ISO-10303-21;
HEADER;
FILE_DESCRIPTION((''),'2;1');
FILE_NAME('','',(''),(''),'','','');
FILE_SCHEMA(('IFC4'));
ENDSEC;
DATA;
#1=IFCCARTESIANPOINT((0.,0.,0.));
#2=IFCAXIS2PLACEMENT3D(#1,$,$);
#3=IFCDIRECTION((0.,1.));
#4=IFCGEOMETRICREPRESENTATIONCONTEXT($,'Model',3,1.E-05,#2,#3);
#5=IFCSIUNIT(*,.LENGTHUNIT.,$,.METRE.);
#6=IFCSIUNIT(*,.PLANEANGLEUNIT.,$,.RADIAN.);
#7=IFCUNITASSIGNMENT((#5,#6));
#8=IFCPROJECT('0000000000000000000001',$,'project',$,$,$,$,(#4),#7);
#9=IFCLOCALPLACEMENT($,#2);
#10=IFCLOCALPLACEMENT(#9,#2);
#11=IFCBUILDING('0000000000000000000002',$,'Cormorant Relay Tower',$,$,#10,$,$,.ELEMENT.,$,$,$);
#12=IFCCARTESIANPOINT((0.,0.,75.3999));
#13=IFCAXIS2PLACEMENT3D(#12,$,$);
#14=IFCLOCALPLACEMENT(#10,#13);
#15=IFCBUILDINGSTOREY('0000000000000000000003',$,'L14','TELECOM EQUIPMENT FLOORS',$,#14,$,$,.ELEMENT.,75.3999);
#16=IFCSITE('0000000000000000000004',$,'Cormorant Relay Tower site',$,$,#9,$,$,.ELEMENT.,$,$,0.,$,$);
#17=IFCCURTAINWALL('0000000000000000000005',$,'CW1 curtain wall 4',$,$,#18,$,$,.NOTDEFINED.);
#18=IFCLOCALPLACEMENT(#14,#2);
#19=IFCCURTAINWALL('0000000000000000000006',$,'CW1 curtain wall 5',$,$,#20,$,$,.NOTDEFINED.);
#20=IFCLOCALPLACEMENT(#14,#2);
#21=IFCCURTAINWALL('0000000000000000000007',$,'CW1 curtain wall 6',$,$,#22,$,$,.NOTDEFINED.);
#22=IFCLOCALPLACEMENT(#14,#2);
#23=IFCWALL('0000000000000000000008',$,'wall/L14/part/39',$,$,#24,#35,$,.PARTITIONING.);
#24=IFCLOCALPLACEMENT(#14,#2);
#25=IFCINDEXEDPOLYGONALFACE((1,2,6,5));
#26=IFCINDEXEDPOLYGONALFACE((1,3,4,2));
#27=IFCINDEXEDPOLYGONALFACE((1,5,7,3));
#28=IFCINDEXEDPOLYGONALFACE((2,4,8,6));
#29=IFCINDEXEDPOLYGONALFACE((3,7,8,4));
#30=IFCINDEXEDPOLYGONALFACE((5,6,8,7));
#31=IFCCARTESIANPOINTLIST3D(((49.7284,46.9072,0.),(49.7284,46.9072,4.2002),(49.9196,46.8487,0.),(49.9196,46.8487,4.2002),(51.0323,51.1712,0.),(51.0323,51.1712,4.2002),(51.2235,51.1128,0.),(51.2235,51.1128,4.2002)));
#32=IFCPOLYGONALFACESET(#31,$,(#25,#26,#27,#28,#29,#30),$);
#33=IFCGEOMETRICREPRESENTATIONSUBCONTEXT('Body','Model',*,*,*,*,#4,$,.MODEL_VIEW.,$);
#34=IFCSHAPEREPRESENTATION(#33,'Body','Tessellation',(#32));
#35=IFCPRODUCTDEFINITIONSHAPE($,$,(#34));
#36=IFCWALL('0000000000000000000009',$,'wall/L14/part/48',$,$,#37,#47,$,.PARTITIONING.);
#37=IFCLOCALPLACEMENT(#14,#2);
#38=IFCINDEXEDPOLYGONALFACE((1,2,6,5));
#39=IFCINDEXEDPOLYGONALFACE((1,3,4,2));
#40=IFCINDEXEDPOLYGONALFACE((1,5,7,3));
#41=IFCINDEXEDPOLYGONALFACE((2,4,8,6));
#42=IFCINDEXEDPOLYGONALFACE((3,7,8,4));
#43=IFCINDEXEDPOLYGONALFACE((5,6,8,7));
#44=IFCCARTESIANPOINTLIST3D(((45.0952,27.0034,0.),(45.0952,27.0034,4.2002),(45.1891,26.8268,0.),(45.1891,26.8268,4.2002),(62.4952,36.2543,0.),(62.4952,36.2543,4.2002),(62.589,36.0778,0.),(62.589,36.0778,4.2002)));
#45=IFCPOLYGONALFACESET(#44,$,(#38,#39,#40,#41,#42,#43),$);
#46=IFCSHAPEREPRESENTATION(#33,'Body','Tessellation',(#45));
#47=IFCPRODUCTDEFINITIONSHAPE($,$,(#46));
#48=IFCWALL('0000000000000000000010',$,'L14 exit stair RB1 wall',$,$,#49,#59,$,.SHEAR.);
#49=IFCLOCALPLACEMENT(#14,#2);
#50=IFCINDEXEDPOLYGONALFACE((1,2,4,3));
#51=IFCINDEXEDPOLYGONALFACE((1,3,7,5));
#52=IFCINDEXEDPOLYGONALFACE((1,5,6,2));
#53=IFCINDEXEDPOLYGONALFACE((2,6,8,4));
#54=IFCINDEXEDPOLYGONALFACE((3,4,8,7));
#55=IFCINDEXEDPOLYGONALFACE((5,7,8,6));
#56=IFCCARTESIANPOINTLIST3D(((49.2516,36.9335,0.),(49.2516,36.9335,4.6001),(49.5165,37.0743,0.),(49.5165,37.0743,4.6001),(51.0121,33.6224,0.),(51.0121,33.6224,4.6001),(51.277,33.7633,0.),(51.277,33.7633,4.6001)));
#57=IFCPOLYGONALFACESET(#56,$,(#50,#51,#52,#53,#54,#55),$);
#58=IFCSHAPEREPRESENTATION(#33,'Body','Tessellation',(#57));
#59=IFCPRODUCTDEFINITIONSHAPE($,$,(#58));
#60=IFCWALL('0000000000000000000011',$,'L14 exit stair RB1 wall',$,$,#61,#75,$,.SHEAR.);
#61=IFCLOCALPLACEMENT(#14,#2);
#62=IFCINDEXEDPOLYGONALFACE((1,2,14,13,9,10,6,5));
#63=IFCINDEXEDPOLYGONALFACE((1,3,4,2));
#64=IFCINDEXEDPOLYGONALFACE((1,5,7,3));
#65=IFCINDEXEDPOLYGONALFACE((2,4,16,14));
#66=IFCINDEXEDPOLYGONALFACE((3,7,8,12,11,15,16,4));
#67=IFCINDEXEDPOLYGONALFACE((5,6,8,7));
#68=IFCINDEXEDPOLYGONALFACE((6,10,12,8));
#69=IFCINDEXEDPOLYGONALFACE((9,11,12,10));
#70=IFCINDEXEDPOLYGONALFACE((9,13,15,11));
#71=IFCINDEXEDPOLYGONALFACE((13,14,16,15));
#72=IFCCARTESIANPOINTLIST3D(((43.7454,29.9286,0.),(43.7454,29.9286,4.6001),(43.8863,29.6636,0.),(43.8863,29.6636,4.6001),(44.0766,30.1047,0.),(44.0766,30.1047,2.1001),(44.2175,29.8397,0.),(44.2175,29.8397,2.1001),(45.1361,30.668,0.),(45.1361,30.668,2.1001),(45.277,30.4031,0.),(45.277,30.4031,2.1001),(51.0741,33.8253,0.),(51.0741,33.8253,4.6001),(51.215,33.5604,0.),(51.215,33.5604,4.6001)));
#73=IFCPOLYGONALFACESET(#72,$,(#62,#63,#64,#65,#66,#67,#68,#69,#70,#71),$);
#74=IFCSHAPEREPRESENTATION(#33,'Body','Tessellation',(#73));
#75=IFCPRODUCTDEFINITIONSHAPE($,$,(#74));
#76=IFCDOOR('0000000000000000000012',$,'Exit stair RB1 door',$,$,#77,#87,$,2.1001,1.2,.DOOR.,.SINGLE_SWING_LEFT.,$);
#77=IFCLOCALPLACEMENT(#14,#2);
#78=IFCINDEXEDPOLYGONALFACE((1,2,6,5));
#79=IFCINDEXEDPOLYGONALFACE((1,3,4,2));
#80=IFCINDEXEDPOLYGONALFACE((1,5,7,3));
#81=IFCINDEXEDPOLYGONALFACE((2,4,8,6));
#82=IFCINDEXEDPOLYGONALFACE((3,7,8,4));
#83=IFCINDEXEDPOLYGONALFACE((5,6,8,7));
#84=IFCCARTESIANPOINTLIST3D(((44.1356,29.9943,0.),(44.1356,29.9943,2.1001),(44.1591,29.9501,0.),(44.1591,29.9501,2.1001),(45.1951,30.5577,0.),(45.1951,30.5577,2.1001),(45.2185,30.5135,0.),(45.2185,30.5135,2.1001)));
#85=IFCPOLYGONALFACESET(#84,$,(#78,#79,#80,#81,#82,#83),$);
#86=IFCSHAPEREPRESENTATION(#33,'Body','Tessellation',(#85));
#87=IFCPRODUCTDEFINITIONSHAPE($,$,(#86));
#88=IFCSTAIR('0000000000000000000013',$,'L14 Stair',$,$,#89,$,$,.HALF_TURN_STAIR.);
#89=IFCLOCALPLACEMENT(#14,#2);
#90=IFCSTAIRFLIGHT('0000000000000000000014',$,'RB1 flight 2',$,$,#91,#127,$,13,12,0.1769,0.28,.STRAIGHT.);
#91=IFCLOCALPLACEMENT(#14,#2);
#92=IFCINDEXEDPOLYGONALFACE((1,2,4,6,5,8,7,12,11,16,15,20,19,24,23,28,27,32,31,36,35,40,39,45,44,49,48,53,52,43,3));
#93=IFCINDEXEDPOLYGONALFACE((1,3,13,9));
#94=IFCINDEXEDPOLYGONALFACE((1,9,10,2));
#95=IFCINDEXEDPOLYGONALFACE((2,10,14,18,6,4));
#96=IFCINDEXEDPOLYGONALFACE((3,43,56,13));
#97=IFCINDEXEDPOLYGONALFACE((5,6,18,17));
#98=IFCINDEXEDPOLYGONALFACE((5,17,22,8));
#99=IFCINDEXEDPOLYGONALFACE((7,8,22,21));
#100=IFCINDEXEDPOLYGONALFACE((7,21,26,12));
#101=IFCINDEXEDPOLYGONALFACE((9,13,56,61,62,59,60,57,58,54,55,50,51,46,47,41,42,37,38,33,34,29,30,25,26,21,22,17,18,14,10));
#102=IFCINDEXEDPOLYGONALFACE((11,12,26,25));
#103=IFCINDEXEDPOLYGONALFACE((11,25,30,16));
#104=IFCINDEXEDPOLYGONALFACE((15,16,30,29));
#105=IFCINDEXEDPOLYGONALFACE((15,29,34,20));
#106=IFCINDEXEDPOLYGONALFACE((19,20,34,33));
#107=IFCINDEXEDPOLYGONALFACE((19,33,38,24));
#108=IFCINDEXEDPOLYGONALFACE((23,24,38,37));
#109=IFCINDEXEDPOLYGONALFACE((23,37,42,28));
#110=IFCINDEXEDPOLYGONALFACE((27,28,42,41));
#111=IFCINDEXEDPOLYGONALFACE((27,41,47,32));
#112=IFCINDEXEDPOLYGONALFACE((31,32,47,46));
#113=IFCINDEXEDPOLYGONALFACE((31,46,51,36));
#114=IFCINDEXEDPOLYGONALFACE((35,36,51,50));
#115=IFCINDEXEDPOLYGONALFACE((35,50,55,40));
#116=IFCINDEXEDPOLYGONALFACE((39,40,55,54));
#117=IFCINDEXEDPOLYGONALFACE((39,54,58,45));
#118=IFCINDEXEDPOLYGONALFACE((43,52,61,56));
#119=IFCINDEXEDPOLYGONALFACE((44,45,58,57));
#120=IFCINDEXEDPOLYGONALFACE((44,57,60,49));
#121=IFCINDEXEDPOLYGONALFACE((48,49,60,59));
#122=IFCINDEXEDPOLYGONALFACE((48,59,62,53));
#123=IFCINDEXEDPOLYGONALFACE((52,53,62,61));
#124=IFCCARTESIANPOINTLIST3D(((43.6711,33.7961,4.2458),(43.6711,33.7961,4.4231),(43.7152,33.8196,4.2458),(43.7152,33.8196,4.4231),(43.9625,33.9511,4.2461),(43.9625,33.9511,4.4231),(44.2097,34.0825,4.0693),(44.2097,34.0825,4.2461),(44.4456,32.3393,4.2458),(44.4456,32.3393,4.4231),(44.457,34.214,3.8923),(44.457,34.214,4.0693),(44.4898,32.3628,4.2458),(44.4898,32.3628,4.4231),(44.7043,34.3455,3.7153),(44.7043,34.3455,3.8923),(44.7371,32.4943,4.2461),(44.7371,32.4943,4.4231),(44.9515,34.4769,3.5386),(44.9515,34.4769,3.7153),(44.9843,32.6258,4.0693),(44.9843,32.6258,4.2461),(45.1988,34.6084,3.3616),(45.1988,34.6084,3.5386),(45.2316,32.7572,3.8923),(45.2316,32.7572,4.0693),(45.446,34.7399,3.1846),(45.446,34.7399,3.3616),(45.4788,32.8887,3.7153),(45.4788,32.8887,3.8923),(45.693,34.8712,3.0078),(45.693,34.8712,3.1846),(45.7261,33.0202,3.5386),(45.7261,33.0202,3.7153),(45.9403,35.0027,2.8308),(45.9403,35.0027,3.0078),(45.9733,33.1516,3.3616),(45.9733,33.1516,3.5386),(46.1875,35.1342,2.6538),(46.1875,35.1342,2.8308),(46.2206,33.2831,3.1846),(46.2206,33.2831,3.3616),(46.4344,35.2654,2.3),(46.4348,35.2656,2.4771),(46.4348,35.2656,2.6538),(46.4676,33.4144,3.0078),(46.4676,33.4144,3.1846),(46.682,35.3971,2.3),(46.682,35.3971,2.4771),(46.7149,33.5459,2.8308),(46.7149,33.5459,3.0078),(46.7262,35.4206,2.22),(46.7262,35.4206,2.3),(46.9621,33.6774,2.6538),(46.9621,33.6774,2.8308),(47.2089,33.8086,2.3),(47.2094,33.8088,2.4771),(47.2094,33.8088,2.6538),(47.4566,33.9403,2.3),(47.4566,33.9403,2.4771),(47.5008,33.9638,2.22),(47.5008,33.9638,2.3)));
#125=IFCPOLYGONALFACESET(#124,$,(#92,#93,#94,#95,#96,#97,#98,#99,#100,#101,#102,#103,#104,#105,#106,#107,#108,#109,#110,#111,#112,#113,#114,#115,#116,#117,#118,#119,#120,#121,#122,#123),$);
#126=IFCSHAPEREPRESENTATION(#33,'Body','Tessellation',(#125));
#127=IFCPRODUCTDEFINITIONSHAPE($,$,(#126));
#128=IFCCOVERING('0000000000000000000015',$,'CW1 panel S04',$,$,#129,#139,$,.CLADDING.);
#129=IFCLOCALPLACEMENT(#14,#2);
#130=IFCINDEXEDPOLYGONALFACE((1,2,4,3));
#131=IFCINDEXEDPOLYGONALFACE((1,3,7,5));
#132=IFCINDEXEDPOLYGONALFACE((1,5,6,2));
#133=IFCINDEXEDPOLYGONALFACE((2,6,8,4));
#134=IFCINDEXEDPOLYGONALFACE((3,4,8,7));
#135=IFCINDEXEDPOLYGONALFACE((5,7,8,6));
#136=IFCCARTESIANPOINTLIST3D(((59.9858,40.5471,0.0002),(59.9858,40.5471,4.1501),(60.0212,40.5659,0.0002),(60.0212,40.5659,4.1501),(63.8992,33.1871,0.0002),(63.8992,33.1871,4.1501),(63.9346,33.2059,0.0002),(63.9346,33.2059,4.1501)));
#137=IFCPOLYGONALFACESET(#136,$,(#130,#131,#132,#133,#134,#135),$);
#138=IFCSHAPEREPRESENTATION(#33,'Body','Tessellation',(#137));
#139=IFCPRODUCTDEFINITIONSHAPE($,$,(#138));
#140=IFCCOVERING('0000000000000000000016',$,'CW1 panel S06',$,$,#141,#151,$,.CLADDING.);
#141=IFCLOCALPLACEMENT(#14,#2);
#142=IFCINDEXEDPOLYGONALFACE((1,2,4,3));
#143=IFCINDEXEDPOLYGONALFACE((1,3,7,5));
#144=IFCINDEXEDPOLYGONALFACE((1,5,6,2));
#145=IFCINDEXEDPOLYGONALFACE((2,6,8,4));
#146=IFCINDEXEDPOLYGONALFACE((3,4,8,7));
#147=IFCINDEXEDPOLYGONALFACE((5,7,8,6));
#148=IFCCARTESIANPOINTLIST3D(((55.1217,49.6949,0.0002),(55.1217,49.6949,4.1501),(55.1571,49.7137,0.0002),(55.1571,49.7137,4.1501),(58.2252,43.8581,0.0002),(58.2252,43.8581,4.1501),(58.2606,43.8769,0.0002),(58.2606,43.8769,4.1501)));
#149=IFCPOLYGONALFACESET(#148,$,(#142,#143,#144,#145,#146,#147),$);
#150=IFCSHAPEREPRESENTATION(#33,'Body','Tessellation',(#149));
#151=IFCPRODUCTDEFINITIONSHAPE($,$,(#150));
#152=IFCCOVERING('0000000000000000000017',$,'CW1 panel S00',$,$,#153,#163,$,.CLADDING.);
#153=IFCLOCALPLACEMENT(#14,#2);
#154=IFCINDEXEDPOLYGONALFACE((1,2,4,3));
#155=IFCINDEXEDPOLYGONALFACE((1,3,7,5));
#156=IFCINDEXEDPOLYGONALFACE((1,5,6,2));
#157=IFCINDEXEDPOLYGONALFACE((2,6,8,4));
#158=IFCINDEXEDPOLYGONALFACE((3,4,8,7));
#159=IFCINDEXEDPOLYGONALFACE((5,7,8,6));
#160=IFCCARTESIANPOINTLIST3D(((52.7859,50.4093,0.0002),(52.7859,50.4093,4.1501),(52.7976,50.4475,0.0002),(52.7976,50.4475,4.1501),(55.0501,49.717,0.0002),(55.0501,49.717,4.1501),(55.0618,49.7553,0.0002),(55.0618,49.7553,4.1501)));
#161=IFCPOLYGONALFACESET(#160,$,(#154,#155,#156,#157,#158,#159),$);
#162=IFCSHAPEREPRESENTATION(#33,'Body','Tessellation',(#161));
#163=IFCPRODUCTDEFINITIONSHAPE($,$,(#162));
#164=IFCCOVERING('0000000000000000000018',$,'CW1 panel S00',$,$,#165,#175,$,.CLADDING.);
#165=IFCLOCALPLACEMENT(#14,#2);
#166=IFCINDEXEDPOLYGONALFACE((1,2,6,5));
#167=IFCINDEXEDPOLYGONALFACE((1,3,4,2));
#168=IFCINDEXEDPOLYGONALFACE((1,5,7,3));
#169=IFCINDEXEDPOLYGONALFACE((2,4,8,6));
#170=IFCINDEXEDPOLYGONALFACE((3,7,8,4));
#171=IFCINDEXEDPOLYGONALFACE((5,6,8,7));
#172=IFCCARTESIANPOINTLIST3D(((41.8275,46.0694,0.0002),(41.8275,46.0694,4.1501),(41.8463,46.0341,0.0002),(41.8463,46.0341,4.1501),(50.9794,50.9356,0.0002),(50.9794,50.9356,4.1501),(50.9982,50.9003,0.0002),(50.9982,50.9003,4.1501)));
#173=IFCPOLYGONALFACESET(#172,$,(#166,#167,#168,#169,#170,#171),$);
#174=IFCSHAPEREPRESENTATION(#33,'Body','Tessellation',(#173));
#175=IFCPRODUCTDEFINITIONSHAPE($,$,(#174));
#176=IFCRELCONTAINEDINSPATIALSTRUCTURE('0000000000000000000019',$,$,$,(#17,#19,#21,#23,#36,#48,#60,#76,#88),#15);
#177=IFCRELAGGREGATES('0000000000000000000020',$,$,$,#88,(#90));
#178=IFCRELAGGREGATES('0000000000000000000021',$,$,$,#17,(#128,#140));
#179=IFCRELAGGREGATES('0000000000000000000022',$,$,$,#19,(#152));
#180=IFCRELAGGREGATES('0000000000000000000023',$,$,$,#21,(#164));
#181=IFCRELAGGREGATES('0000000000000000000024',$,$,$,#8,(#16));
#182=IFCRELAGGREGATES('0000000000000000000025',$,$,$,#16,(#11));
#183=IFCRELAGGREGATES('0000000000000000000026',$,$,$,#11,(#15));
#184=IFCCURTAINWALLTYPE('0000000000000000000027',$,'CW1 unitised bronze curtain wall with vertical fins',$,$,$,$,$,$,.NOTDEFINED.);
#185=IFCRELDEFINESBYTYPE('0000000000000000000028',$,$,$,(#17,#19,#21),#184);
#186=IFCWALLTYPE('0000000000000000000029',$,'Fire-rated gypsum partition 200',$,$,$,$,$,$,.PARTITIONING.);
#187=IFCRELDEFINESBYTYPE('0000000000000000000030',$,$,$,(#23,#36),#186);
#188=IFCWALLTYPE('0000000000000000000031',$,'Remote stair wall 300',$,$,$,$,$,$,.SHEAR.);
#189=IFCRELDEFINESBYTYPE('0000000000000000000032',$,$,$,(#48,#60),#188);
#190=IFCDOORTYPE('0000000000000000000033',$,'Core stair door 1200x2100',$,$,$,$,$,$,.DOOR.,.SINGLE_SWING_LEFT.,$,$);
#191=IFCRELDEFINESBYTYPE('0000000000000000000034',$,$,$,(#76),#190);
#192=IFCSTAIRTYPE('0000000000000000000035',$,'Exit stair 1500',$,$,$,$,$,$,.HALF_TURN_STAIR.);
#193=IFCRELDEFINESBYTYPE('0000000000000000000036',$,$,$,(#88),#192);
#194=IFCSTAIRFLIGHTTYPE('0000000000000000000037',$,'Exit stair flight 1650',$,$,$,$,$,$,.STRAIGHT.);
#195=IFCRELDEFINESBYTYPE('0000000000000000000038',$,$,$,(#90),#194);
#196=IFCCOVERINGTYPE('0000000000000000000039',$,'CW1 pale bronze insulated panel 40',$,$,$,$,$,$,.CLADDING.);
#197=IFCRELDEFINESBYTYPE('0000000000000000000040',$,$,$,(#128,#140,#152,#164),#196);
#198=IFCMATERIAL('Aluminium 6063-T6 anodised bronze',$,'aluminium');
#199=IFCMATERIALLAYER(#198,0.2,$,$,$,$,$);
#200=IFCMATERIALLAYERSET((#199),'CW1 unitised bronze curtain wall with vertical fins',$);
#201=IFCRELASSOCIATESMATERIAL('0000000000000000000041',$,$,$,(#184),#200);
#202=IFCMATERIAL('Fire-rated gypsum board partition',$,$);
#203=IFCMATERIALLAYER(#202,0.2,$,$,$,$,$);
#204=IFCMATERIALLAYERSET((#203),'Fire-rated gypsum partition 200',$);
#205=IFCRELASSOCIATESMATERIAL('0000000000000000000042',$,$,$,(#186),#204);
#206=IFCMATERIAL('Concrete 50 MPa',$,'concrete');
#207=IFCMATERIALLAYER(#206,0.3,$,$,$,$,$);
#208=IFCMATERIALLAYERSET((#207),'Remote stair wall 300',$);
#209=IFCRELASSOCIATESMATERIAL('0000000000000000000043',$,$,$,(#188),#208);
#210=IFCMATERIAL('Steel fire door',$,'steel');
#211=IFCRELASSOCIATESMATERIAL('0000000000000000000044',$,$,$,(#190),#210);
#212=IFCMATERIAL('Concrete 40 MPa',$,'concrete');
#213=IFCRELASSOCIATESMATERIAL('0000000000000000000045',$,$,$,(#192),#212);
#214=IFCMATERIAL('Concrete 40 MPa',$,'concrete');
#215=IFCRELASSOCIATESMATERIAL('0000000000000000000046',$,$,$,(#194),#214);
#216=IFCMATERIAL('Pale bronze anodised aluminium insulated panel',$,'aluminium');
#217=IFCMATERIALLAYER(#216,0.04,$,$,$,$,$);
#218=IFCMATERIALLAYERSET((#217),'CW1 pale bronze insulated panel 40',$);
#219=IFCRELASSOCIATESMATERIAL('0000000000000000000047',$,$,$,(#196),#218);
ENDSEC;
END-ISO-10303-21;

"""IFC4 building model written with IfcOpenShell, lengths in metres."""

from ifc_helpers import new_model, si_unit, direction, frame, frame_2d, origin, origin_2d, place, context, subcontext, project, spatial, polyline, rectangle, outline, extrude, material, layer, layer_set, type_object, element, fill, aggregate, save


model = new_model("IFC4")

# Units and contexts
model_context = context("Model", 3, precision=1e-05, world=origin(), true_north=direction((0.0, 1.0)))
body_context = subcontext(model_context, "Body", "Model", "MODEL_VIEW")
ifc_project = project(units=[si_unit("LENGTHUNIT", "METRE"), si_unit("PLANEANGLEUNIT", "RADIAN")], contexts=[model_context])

# Site, building, storey
site_placement = place(None, origin())
site = spatial("IfcSite", under=ifc_project, at=site_placement, Name="Cormorant Relay Tower site", CompositionType="ELEMENT", RefElevation=0.0)
building_placement = place(site_placement, origin())
building = spatial("IfcBuilding", under=site, at=building_placement, Name="Cormorant Relay Tower", CompositionType="ELEMENT")
storey_placement = place(building_placement, frame((0.0, 0.0, 75.3999)))
storey = spatial("IfcBuildingStorey", under=building, at=storey_placement, Name="L14", Description="TELECOM EQUIPMENT FLOORS", CompositionType="ELEMENT", Elevation=75.3999)

# Curtain wall
ifc_material_1 = material(Name="Aluminium 6063-T6 anodised bronze", Category="aluminium")
ifc_layer_1 = layer(ifc_material_1, 0.2)
ifc_layer_set_1 = layer_set([ifc_layer_1], Name="CW1 unitised bronze curtain wall with vertical fins")
curtain_wall_type = type_object("IfcCurtainWallType", Name="CW1 unitised bronze curtain wall with vertical fins", PredefinedType="NOTDEFINED", material=ifc_layer_set_1)
curtain_wall_1_placement = place(storey_placement, origin())
curtain_wall_1 = element("IfcCurtainWall", 1, at=curtain_wall_1_placement, inside=storey, type_object=curtain_wall_type, Name="CW1 curtain wall 4", PredefinedType="NOTDEFINED")

# Curtain wall
curtain_wall_2_placement = place(storey_placement, origin())
curtain_wall_2 = element("IfcCurtainWall", 2, at=curtain_wall_2_placement, inside=storey, type_object=curtain_wall_type, Name="CW1 curtain wall 5", PredefinedType="NOTDEFINED")

# Curtain wall
curtain_wall_3_placement = place(storey_placement, origin())
curtain_wall_3 = element("IfcCurtainWall", 3, at=curtain_wall_3_placement, inside=storey, type_object=curtain_wall_type, Name="CW1 curtain wall 6", PredefinedType="NOTDEFINED")

# Walls
ifc_material_2 = material(Name="Fire-rated gypsum board partition")
ifc_layer_2 = layer(ifc_material_2, 0.2)
ifc_layer_set_2 = layer_set([ifc_layer_2], Name="Fire-rated gypsum partition 200")
wall_type_1 = type_object("IfcWallType", Name="Fire-rated gypsum partition 200", PredefinedType="PARTITIONING", material=ifc_layer_set_2)
wall_1_placement = place(storey_placement, frame((49.824, 46.8779, 0.0), z_axis=(0.0, 0.0, 1.0), x_axis=(0.292427, 0.956288, 0.0)))
element("IfcWall", 4, at=wall_1_placement, inside=storey, type_object=wall_type_1, Name="wall/L14/part/39", PredefinedType="PARTITIONING", context=body_context, shape_type="SweptSolid", body=[
    extrude(rectangle(XDim=4.459, YDim=0.2, at=frame_2d((2.2295, 0.0))), origin(), (0.0, 0.0, 1.0), 4.2002),
])
wall_2_placement = place(storey_placement, frame((62.542, 36.166, 0.0), z_axis=(0.0, 0.0, 1.0), x_axis=(-0.882963, -0.469443, 0.0)))
element("IfcWall", 5, at=wall_2_placement, inside=storey, type_object=wall_type_1, Name="wall/L14/part/48", PredefinedType="PARTITIONING", context=body_context, shape_type="SweptSolid", body=[
    extrude(rectangle(XDim=19.7063, YDim=0.2, at=frame_2d((9.853, 0.0))), origin(), (0.0, 0.0, 1.0), 4.2002),
])
ifc_material_3 = material(Name="Concrete 50 MPa", Category="concrete")
ifc_layer_3 = layer(ifc_material_3, 0.3)
ifc_layer_set_3 = layer_set([ifc_layer_3], Name="Remote stair wall 300")
wall_type_2 = type_object("IfcWallType", Name="Remote stair wall 300", PredefinedType="SHEAR", material=ifc_layer_set_3)
wall_3_placement = place(storey_placement, frame((49.384, 37.0039, 0.0), z_axis=(0.0, 0.0, 1.0), x_axis=(0.469469, -0.882949, 0.0)))
element("IfcWall", 6, at=wall_3_placement, inside=storey, type_object=wall_type_2, Name="L14 exit stair RB1 wall", PredefinedType="SHEAR", context=body_context, shape_type="SweptSolid", body=[
    extrude(rectangle(XDim=3.75, YDim=0.3, at=frame_2d((1.875, 0.0))), origin(), (0.0, 0.0, 1.0), 4.6001),
])

# Wall, opening, door
wall_4_placement = place(storey_placement, frame((51.1445, 33.6929, 0.0), z_axis=(0.0, 0.0, 1.0), x_axis=(-0.882946, -0.469475, 0.0)))
wall_4 = element("IfcWall", 7, at=wall_4_placement, inside=storey, type_object=wall_type_2, Name="L14 exit stair RB1 wall", PredefinedType="SHEAR", context=body_context, shape_type="SweptSolid", body=[
    extrude(rectangle(XDim=8.3003, YDim=0.3, at=frame_2d((4.1501, 0.0))), origin(), (0.0, 0.0, 1.0), 4.6001),
])
opening_placement = place(wall_4_placement, frame((6.7251, 0.0, 0.0)))
opening = element("IfcOpeningElement", 8, at=opening_placement, cuts=wall_4, PredefinedType="OPENING", context=body_context, shape_type="SweptSolid", body=[
    extrude(rectangle(XDim=1.2, YDim=2.1001, at=frame_2d((0.6001, 1.05))), frame((0.0, 0.1599, 0.0), z_axis=(0.0, -1.0, 0.0), x_axis=(1.0, 0.0, 0.0)), (0.0, 0.0, 1.0), 0.3201),
])
ifc_material_4 = material(Name="Steel fire door", Category="steel")
door_type = type_object("IfcDoorType", Name="Core stair door 1200x2100", OperationType="SINGLE_SWING_LEFT", PredefinedType="DOOR", material=ifc_material_4)
door_placement = place(opening_placement, frame((1.2, 0.0, 0.0), z_axis=(0.0, 0.0, 1.0), x_axis=(-1.0, 0.0, 0.0)))
door = element("IfcDoor", 9, at=door_placement, inside=storey, type_object=door_type, Name="Exit stair RB1 door", OperationType="SINGLE_SWING_LEFT", OverallHeight=2.1001, OverallWidth=1.2, PredefinedType="DOOR", context=body_context, shape_type="SweptSolid", body=[
    extrude(rectangle(XDim=1.2, YDim=2.1001, at=frame_2d((0.6001, 1.05))), frame((0.0, 0.0249, 0.0), z_axis=(0.0, -1.0, 0.0), x_axis=(1.0, 0.0, 0.0)), (0.0, 0.0, 1.0), 0.05),
])
fill(opening, door)

# Stair, stair flight
ifc_material_5 = material(Name="Concrete 40 MPa", Category="concrete")
stair_type = type_object("IfcStairType", Name="Exit stair 1500", PredefinedType="HALF_TURN_STAIR", material=ifc_material_5)
stair_placement = place(storey_placement, origin())
stair = element("IfcStair", 10, at=stair_placement, inside=storey, type_object=stair_type, Name="L14 Stair", PredefinedType="HALF_TURN_STAIR")
ifc_material_6 = material(Name="Concrete 40 MPa", Category="concrete")
stair_flight_type = type_object("IfcStairFlightType", Name="Exit stair flight 1650", PredefinedType="STRAIGHT", material=ifc_material_6)
stair_flight_placement = place(storey_placement, frame((47.0693, 34.6687, 2.3), z_axis=(0.0, 0.0, 1.0), x_axis=(-0.882948, -0.469472, 0.0)))
stair_flight = element("IfcStairFlight", 11, at=stair_flight_placement, type_object=stair_flight_type, Name="RB1 flight 2", NumberOfRisers=13, NumberOfTreads=12, PredefinedType="STRAIGHT", RiserHeight=0.1769, TreadLength=0.28, context=body_context, shape_type="SweptSolid", body=[
    extrude(outline(polyline([(-0.05, -0.0801), (-0.05, 0.0), (0.0, 0.0), (0.0, 0.177), (0.28, 0.177), (0.28, 0.3538), (0.5601, 0.3538), (0.5601, 0.5308), (0.8401, 0.5308), (0.8401, 0.7078), (1.1201, 0.7078), (1.1201, 0.8845), (1.3999, 0.8845), (1.3999, 1.0615), (1.6799, 1.0615), (1.6799, 1.2385), (1.96, 1.2385), (1.96, 1.4153), (2.24, 1.4153), (2.24, 1.5923), (2.52, 1.5923), (2.52, 1.7693), (2.8, 1.7693), (2.8, 1.946), (3.0801, 1.946), (3.0801, 2.123), (3.3601, 2.123), (3.4102, 2.123), (3.4102, 1.9458), (3.3601, 1.9458), (0.2805, 0.0), (-0.05, -0.0801)])), frame((0.0, 0.825, 0.0), z_axis=(0.0, -1.0, 0.0), x_axis=(1.0, 0.0, 0.0)), (0.0, 0.0, 1.0), 1.6499),
])
aggregate(stair, [stair_flight])

# Coverings
ifc_material_7 = material(Name="Pale bronze anodised aluminium insulated panel", Category="aluminium")
ifc_layer_4 = layer(ifc_material_7, 0.04)
ifc_layer_set_4 = layer_set([ifc_layer_4], Name="CW1 pale bronze insulated panel 40")
covering_type = type_object("IfcCoveringType", Name="CW1 pale bronze insulated panel 40", PredefinedType="CLADDING", material=ifc_layer_set_4)
covering_1_placement = place(storey_placement, frame((61.9602, 36.8765, 0.0002), z_axis=(0.0, 0.0, 1.0), x_axis=(-0.469472, 0.882948, 0.0)))
covering_1 = element("IfcCovering", 12, at=covering_1_placement, type_object=covering_type, Name="CW1 panel S04", PredefinedType="CLADDING", context=body_context, shape_type="SweptSolid", body=[
    extrude(rectangle(XDim=8.3357, YDim=0.04, at=origin_2d()), origin(), (0.0, 0.0, 1.0), 4.1499),
])
covering_2_placement = place(storey_placement, frame((56.6912, 46.7859, 0.0002), z_axis=(0.0, 0.0, 1.0), x_axis=(-0.469472, 0.882948, 0.0)))
covering_2 = element("IfcCovering", 13, at=covering_2_placement, type_object=covering_type, Name="CW1 panel S06", PredefinedType="CLADDING", context=body_context, shape_type="SweptSolid", body=[
    extrude(rectangle(XDim=6.6106, YDim=0.04, at=origin_2d()), origin(), (0.0, 0.0, 1.0), 4.1499),
])
aggregate(curtain_wall_1, [covering_1, covering_2])
covering_3_placement = place(storey_placement, frame((53.9238, 50.0823, 0.0002), z_axis=(0.0, 0.0, 1.0), x_axis=(-0.956305, 0.292372, 0.0)))
covering_3 = element("IfcCovering", 14, at=covering_3_placement, type_object=covering_type, Name="CW1 panel S00", PredefinedType="CLADDING", context=body_context, shape_type="SweptSolid", body=[
    extrude(rectangle(XDim=2.3677, YDim=0.04, at=origin_2d()), origin(), (0.0, 0.0, 1.0), 4.1499),
])
aggregate(curtain_wall_2, [covering_3])
covering_4_placement = place(storey_placement, frame((46.4128, 48.4849, 0.0002), z_axis=(0.0, 0.0, 1.0), x_axis=(-0.882948, -0.469472, 0.0)))
covering_4 = element("IfcCovering", 15, at=covering_4_placement, type_object=covering_type, Name="CW1 panel S00", PredefinedType="CLADDING", context=body_context, shape_type="SweptSolid", body=[
    extrude(rectangle(XDim=10.3652, YDim=0.04, at=origin_2d()), origin(), (0.0, 0.0, 1.0), 4.1499),
])
aggregate(curtain_wall_3, [covering_4])

save(model, "model.ifc")
